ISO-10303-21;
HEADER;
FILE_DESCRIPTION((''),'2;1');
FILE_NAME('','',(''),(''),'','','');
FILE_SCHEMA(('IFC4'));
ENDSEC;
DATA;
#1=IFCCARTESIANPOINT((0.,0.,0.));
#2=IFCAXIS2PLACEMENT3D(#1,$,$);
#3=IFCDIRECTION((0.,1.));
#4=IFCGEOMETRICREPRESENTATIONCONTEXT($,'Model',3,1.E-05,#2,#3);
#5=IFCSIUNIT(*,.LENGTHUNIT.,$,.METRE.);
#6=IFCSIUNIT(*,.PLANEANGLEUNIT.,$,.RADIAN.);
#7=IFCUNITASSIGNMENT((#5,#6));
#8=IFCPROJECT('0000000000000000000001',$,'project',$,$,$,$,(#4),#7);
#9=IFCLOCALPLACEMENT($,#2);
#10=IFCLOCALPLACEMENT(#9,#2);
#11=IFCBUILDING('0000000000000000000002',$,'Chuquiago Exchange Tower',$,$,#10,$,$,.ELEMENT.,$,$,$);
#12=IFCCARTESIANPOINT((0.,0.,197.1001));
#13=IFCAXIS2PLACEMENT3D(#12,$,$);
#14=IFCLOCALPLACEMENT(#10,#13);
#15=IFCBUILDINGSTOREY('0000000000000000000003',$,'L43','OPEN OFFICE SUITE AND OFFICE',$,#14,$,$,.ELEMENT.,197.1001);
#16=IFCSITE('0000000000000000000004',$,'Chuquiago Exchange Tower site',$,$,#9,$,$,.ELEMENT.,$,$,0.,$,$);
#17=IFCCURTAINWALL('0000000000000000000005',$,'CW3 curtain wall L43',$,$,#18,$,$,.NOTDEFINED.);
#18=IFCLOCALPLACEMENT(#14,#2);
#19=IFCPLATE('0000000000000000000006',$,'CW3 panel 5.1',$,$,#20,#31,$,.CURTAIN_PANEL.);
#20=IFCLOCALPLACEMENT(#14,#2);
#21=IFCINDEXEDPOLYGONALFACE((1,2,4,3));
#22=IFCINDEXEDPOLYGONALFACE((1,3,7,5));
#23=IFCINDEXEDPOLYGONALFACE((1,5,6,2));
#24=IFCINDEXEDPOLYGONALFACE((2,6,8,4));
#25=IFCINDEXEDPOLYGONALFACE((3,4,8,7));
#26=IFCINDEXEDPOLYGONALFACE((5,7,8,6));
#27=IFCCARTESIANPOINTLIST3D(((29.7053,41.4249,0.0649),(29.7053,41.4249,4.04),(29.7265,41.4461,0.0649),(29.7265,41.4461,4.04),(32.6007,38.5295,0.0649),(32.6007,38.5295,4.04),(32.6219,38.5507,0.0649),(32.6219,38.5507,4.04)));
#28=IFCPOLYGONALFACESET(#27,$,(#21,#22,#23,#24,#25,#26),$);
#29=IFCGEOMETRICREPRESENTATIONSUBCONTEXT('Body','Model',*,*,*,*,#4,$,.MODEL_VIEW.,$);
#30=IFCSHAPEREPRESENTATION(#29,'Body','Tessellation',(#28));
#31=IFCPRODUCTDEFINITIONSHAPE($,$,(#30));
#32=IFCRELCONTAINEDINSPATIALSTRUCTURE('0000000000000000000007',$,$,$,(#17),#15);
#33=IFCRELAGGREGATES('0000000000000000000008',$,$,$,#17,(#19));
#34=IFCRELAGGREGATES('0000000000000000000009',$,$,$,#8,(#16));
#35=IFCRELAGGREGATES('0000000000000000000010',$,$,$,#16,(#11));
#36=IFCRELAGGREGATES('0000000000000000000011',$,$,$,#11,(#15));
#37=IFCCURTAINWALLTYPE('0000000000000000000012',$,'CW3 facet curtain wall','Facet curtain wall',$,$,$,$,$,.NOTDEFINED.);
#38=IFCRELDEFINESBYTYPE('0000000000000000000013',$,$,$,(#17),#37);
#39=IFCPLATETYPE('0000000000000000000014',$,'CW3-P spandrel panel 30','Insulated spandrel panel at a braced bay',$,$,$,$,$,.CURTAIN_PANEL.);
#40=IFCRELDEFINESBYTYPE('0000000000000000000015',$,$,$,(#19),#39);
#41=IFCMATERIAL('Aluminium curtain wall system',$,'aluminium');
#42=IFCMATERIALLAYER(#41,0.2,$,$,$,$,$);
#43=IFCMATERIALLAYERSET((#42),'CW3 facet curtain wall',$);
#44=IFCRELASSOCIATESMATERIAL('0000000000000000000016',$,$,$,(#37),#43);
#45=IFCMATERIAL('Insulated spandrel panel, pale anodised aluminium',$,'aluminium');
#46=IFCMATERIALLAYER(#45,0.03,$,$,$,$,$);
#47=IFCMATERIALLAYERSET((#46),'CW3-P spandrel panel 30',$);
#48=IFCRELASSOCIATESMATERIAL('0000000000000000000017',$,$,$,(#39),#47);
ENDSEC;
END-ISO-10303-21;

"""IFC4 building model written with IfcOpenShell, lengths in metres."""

from ifc_helpers import new_model, si_unit, direction, frame, origin, origin_2d, place, context, subcontext, project, spatial, rectangle, extrude, material, layer, layer_set, type_object, element, aggregate, save


model = new_model("IFC4")

# Units and contexts
model_context = context("Model", 3, precision=1e-05, world=origin(), true_north=direction((0.0, 1.0)))
body_context = subcontext(model_context, "Body", "Model", "MODEL_VIEW")
ifc_project = project(units=[si_unit("LENGTHUNIT", "METRE"), si_unit("PLANEANGLEUNIT", "RADIAN")], contexts=[model_context])

# Site, building, storey
site_placement = place(None, origin())
site = spatial("IfcSite", under=ifc_project, at=site_placement, Name="Chuquiago Exchange Tower site", CompositionType="ELEMENT", RefElevation=0.0)
building_placement = place(site_placement, origin())
building = spatial("IfcBuilding", under=site, at=building_placement, Name="Chuquiago Exchange Tower", CompositionType="ELEMENT")
storey_placement = place(building_placement, frame((0.0, 0.0, 197.1001)))
storey = spatial("IfcBuildingStorey", under=building, at=storey_placement, Name="L43", Description="OPEN OFFICE SUITE AND OFFICE", CompositionType="ELEMENT", Elevation=197.1001)

# Curtain wall
ifc_material_1 = material(Name="Aluminium curtain wall system", Category="aluminium")
ifc_layer_1 = layer(ifc_material_1, 0.2)
ifc_layer_set_1 = layer_set([ifc_layer_1], Name="CW3 facet curtain wall")
curtain_wall_type = type_object("IfcCurtainWallType", Name="CW3 facet curtain wall", Description="Facet curtain wall", PredefinedType="NOTDEFINED", material=ifc_layer_set_1)
curtain_wall_placement = place(storey_placement, origin())
curtain_wall = element("IfcCurtainWall", 1, at=curtain_wall_placement, inside=storey, type_object=curtain_wall_type, Name="CW3 curtain wall L43", PredefinedType="NOTDEFINED")

# Plate
ifc_material_2 = material(Name="Insulated spandrel panel, pale anodised aluminium", Category="aluminium")
ifc_layer_2 = layer(ifc_material_2, 0.03)
ifc_layer_set_2 = layer_set([ifc_layer_2], Name="CW3-P spandrel panel 30")
plate_type = type_object("IfcPlateType", Name="CW3-P spandrel panel 30", Description="Insulated spandrel panel at a braced bay", PredefinedType="CURTAIN_PANEL", material=ifc_layer_set_2)
plate_1_placement = place(storey_placement, frame((31.1636, 39.9878, 0.0649), z_axis=(0.0, 0.0, 1.0), x_axis=(-0.707107, 0.707107, 0.0)))
plate_1 = element("IfcPlate", 2, at=plate_1_placement, type_object=plate_type, Name="CW3 panel 5.1", PredefinedType="CURTAIN_PANEL", context=body_context, shape_type="SweptSolid", body=[
    extrude(rectangle(XDim=4.0947, YDim=0.03, at=origin_2d()), origin(), (0.0, 0.0, 1.0), 3.9751),
])
aggregate(curtain_wall, [plate_1])

save(model, "model.ifc")
